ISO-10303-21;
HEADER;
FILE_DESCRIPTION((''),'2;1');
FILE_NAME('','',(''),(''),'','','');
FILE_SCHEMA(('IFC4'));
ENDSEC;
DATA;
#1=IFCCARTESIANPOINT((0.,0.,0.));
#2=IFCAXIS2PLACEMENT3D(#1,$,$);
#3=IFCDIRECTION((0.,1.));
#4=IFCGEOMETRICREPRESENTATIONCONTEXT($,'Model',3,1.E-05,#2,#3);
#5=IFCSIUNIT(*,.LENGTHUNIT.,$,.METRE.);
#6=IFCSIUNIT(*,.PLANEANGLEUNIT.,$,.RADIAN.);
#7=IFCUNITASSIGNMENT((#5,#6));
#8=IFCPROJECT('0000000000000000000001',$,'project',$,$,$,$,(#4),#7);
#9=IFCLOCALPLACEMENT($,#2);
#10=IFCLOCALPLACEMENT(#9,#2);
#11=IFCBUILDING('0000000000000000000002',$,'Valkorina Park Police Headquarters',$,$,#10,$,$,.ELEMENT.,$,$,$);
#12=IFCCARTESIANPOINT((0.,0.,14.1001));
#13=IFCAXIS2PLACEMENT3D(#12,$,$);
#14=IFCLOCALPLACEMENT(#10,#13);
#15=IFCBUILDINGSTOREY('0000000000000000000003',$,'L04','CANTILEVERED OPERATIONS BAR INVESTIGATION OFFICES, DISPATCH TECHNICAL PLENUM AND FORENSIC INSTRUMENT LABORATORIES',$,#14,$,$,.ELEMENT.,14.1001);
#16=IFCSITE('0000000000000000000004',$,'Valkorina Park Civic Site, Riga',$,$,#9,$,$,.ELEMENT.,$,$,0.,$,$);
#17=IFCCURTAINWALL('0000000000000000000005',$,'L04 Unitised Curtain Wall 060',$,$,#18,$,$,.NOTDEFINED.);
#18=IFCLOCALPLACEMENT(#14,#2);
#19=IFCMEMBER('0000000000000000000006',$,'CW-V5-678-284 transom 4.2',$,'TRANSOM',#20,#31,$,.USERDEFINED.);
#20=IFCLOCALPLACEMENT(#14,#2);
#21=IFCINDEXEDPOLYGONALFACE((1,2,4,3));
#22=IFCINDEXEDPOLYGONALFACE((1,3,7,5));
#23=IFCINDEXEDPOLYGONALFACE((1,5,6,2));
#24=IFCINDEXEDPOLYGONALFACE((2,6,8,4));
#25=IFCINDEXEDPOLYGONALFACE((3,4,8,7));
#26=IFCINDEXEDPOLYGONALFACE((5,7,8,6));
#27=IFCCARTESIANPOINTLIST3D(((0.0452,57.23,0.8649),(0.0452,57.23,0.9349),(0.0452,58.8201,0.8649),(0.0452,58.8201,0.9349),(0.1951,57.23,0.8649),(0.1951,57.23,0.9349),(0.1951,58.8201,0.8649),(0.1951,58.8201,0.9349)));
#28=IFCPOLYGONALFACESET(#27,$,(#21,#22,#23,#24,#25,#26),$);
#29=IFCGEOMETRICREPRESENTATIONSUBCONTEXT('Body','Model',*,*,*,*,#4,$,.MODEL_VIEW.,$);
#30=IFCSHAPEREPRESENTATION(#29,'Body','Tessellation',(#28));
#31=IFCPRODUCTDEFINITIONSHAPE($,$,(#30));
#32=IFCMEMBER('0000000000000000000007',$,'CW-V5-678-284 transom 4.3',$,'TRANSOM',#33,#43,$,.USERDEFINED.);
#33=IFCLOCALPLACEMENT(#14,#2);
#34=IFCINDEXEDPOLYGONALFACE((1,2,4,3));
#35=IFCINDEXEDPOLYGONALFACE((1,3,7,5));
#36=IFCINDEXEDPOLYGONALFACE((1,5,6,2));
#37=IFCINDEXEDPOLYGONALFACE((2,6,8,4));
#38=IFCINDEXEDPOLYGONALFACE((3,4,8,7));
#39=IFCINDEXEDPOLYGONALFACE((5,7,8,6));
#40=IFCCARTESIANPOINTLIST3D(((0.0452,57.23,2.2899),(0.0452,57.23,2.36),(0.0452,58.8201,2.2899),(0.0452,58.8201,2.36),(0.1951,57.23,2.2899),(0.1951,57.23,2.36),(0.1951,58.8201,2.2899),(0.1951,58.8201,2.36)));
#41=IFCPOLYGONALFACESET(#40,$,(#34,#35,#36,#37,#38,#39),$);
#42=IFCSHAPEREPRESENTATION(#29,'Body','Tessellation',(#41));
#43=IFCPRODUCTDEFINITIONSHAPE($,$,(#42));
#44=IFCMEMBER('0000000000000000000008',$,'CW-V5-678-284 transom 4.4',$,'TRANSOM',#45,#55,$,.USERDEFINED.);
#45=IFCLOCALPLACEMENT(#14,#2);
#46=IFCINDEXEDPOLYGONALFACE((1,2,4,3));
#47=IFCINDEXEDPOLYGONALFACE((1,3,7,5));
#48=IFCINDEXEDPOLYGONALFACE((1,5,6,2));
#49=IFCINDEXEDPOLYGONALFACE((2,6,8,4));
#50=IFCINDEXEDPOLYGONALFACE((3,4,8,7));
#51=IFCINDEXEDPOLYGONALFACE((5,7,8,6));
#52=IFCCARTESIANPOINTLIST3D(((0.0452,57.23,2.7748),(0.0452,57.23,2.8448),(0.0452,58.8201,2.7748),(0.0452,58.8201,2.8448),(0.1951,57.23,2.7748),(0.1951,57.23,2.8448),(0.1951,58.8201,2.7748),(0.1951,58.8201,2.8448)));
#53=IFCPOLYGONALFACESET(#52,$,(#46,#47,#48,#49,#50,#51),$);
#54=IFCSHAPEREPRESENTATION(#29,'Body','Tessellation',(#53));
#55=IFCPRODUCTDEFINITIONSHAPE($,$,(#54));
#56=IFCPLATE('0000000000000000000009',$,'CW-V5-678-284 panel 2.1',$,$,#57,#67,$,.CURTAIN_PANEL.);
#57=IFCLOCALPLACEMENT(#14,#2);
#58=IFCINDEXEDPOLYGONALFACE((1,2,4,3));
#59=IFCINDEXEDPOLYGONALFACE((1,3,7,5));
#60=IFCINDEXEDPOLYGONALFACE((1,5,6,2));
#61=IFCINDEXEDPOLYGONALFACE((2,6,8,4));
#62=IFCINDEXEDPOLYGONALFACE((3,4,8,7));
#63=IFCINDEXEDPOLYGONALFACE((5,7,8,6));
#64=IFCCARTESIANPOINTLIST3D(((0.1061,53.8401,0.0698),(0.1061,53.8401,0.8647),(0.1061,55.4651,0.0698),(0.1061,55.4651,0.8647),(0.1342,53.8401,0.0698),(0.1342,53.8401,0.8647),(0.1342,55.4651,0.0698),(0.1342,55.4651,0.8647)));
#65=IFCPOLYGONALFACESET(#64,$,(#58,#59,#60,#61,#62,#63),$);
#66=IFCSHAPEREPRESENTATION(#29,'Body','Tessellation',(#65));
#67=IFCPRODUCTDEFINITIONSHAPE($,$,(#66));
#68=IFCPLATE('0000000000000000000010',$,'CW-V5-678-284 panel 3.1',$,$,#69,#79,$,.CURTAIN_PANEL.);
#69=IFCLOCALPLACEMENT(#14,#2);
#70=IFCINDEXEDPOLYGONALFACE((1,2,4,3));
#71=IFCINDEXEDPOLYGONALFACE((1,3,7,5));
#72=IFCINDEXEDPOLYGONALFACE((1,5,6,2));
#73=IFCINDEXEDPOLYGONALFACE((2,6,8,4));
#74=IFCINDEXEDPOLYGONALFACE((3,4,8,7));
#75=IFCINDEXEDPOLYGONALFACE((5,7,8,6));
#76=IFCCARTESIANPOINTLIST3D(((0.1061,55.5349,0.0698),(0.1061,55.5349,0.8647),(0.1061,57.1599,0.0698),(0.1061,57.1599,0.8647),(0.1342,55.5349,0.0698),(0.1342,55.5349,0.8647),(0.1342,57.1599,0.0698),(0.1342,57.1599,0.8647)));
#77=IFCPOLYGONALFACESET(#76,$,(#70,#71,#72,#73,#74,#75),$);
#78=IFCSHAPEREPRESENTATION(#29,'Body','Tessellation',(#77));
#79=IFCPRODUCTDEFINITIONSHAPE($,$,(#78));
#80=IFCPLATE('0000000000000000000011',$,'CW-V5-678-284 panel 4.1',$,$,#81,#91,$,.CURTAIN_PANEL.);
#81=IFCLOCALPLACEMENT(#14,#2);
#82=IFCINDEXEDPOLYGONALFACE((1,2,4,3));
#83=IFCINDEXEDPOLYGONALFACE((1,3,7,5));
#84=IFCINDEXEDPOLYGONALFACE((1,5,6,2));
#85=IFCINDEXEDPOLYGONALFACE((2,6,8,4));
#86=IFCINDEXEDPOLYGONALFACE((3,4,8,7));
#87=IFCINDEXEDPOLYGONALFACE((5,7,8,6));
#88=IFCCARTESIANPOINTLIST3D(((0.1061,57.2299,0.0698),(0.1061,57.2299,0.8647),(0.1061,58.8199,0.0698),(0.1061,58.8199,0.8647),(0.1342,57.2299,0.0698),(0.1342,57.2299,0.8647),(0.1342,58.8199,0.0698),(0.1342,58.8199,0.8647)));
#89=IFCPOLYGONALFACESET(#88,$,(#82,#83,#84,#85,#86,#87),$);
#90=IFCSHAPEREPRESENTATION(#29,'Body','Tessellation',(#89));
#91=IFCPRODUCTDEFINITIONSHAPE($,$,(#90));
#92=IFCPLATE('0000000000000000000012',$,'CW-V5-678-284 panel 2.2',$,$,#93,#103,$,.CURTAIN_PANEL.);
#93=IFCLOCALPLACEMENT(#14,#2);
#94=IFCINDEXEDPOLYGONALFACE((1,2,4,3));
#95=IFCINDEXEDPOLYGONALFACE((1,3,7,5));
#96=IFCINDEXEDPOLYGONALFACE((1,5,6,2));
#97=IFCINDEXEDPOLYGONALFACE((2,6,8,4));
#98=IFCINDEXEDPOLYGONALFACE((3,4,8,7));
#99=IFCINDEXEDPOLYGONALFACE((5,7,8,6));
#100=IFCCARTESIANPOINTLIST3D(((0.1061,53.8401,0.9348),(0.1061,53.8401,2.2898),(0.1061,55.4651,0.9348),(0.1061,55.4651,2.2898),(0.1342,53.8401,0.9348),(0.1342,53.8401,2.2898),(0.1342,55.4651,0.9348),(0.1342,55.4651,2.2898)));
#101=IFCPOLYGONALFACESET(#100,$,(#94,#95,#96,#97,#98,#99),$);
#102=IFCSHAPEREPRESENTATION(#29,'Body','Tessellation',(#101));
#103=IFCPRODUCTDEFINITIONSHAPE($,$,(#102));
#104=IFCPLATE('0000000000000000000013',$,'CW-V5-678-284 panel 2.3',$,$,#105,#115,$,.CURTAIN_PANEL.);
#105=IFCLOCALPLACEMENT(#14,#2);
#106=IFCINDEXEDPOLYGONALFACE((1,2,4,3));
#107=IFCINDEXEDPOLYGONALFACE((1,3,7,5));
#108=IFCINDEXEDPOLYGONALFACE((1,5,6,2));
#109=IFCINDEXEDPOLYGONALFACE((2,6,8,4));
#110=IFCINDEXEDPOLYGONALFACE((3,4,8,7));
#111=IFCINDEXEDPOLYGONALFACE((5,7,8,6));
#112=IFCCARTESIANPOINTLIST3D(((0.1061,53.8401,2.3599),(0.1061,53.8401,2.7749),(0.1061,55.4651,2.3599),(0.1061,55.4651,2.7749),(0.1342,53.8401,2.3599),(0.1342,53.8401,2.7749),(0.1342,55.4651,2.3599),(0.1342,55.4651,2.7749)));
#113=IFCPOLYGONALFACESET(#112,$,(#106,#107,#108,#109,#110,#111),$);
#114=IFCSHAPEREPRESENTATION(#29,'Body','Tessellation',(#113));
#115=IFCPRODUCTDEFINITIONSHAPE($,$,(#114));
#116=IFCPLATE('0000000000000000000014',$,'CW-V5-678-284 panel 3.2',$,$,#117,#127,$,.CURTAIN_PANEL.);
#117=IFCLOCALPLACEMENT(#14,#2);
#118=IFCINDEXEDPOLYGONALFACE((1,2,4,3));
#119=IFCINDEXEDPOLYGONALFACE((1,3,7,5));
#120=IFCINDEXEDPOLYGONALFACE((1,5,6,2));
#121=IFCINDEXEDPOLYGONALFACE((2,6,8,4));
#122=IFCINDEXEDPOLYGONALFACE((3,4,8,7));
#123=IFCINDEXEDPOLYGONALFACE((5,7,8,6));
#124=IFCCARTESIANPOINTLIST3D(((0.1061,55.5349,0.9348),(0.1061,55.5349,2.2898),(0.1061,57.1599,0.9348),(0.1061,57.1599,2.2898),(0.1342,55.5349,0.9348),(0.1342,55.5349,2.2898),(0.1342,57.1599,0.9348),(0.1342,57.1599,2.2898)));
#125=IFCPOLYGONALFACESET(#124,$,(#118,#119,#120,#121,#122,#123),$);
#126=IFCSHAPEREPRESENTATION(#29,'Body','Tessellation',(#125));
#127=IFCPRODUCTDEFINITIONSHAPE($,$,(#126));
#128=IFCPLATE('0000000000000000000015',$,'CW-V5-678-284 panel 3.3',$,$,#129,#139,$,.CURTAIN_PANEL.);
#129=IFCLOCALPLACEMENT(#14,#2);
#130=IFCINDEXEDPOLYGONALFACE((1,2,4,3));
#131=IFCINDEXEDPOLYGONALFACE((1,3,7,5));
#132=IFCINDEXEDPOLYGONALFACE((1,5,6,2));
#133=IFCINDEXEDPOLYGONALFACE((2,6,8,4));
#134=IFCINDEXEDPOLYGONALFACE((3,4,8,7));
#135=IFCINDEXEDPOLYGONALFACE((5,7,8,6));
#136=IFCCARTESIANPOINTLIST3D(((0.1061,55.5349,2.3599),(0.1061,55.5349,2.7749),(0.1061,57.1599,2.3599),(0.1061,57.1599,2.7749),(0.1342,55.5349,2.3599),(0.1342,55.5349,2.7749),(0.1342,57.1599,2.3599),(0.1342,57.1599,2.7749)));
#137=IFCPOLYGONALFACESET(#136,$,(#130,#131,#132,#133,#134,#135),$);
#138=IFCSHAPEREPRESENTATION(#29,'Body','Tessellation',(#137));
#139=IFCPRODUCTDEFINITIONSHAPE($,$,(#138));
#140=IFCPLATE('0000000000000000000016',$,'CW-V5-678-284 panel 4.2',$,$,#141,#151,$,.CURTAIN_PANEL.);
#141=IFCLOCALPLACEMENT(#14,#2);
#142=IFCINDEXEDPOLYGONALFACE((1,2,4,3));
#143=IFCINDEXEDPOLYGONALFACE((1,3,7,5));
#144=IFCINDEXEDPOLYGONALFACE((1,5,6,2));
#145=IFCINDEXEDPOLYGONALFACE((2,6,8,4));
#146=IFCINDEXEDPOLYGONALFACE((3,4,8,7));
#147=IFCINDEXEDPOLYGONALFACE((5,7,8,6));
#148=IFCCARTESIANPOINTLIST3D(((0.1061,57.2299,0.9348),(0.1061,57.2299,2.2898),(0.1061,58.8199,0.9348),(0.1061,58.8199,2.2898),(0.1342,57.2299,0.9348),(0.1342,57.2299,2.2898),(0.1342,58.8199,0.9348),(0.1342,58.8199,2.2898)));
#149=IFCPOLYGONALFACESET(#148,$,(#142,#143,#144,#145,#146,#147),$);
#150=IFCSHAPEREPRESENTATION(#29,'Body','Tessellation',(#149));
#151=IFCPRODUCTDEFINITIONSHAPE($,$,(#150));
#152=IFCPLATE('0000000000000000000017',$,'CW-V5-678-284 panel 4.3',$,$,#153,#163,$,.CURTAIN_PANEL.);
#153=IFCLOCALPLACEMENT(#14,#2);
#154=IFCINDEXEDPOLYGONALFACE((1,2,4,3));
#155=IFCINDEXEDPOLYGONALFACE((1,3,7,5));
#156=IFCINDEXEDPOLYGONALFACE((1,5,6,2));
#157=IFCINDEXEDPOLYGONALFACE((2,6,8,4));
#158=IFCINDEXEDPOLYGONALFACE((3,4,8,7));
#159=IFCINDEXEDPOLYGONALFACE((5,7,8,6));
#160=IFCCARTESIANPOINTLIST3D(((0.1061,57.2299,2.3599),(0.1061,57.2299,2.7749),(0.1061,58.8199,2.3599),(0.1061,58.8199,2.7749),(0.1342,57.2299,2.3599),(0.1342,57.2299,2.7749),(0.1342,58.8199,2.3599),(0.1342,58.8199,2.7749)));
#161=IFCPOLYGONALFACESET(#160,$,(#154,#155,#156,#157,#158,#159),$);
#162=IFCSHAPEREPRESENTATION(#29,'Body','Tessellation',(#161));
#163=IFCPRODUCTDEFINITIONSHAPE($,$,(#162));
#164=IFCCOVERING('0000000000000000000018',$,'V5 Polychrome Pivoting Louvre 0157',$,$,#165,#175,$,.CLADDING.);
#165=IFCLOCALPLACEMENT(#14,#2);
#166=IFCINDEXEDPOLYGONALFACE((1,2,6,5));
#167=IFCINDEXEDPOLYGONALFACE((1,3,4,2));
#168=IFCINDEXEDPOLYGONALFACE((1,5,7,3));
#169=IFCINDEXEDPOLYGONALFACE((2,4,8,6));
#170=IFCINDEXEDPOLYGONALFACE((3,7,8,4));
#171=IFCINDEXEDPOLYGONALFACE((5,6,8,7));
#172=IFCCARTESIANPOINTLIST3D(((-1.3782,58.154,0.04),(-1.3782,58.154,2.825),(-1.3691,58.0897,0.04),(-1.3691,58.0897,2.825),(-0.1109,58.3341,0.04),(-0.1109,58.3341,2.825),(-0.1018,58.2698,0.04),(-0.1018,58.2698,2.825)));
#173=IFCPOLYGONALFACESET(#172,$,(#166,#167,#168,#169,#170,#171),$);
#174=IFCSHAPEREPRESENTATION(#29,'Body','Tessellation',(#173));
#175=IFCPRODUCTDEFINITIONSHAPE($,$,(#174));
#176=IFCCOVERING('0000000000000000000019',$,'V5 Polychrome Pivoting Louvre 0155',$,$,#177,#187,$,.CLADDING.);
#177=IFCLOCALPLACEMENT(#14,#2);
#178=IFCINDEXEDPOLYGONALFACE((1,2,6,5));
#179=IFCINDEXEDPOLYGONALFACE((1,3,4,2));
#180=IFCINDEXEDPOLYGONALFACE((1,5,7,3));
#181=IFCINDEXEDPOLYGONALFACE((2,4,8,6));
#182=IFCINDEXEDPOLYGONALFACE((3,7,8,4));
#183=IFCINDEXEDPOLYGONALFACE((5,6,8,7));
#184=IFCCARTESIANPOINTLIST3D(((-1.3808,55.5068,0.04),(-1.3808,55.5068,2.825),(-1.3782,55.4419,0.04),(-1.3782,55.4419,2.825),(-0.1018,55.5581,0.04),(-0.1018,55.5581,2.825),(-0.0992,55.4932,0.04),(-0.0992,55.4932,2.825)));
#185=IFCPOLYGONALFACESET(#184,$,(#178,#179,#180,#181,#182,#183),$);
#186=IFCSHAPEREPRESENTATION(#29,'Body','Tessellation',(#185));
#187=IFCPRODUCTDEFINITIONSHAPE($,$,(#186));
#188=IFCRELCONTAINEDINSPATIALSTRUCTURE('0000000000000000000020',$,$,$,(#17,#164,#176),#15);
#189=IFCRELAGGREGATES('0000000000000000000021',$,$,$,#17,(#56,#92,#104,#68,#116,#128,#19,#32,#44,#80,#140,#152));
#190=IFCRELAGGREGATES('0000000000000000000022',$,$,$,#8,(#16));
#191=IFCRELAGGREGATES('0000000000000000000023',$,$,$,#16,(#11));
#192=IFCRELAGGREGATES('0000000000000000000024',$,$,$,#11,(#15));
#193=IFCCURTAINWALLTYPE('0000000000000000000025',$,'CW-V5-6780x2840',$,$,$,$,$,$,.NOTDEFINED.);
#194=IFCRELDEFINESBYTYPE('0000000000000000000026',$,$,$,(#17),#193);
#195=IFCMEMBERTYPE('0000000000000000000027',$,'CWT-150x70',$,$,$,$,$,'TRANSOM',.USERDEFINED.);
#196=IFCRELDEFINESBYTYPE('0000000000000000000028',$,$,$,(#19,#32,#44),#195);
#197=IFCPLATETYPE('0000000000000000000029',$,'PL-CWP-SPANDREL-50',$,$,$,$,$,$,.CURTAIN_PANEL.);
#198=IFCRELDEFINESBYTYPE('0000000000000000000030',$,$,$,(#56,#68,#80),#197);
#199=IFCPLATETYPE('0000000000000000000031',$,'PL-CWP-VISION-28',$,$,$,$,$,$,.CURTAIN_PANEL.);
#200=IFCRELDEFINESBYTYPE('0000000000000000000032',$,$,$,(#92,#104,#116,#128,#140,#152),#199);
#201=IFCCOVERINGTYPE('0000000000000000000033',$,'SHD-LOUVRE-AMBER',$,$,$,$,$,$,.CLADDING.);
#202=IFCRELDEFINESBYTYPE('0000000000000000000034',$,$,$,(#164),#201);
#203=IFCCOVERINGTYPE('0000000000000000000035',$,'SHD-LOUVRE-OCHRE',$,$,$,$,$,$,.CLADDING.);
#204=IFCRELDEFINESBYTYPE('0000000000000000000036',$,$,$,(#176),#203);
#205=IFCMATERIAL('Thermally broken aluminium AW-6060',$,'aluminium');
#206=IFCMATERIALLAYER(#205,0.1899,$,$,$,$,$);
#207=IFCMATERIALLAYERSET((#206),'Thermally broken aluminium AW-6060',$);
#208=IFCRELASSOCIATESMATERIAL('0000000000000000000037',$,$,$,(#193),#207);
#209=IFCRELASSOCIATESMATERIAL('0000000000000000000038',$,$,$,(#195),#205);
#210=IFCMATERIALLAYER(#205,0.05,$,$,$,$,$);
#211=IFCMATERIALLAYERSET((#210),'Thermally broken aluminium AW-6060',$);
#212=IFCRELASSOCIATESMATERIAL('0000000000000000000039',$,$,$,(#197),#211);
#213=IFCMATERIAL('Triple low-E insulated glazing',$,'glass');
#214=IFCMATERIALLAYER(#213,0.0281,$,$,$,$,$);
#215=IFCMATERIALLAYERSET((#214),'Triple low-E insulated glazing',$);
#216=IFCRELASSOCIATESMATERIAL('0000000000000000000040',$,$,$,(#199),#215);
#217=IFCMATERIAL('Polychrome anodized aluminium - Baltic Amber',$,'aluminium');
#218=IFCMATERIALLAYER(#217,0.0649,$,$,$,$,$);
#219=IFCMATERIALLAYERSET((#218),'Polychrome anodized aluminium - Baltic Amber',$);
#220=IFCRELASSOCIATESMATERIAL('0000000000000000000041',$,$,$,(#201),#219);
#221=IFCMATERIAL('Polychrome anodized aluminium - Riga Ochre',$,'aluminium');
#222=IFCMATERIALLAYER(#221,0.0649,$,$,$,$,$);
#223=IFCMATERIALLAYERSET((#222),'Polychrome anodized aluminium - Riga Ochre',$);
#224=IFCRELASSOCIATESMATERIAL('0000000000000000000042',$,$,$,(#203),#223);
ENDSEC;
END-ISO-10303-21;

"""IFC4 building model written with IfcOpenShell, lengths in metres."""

from ifc_helpers import new_model, si_unit, direction, frame, origin, origin_2d, place, context, subcontext, project, spatial, rectangle, extrude, material, layer, layer_set, material_profile, profile_set, type_object, element, aggregate, save


model = new_model("IFC4")

# Units and contexts
model_context = context("Model", 3, precision=1e-05, world=origin(), true_north=direction((0.0, 1.0)))
body_context = subcontext(model_context, "Body", "Model", "MODEL_VIEW")
ifc_project = project(units=[si_unit("LENGTHUNIT", "METRE"), si_unit("PLANEANGLEUNIT", "RADIAN")], contexts=[model_context])

# Site, building, storey
site_placement = place(None, origin())
site = spatial("IfcSite", under=ifc_project, at=site_placement, Name="Valkorina Park Civic Site, Riga", CompositionType="ELEMENT", RefElevation=0.0)
building_placement = place(site_placement, origin())
building = spatial("IfcBuilding", under=site, at=building_placement, Name="Valkorina Park Police Headquarters", CompositionType="ELEMENT")
storey_placement = place(building_placement, frame((0.0, 0.0, 14.1001)))
storey = spatial("IfcBuildingStorey", under=building, at=storey_placement, Name="L04", Description="CANTILEVERED OPERATIONS BAR INVESTIGATION OFFICES, DISPATCH TECHNICAL PLENUM AND FORENSIC INSTRUMENT LABORATORIES", CompositionType="ELEMENT", Elevation=14.1001)

# Shared definitions
ifc_material_1 = material(Name="Thermally broken aluminium AW-6060", Category="aluminium")

# Curtain wall
ifc_layer_1 = layer(ifc_material_1, 0.1899)
ifc_layer_set_1 = layer_set([ifc_layer_1], Name="Thermally broken aluminium AW-6060")
curtain_wall_type_1 = type_object("IfcCurtainWallType", Name="CW-V5-6780x2840", PredefinedType="NOTDEFINED", material=ifc_layer_set_1)
curtain_wall_1_placement = place(storey_placement, origin())
curtain_wall_1 = element("IfcCurtainWall", 1, at=curtain_wall_1_placement, inside=storey, type_object=curtain_wall_type_1, Name="L04 Unitised Curtain Wall 060", PredefinedType="NOTDEFINED")

# Members
ifc_material_profile_1 = material_profile(ifc_material_1, rectangle(XDim=0.1499, YDim=0.0701, at=origin_2d()), Name="CWT-02 150x70")
ifc_profile_set_1 = profile_set([ifc_material_profile_1], Name="Thermally broken aluminium AW-6060")
member_type_1 = type_object("IfcMemberType", Name="CWT-150x70", ElementType="TRANSOM", PredefinedType="USERDEFINED", material=ifc_profile_set_1)
member_1_placement = place(storey_placement, frame((0.1201, 57.23, 0.8999), z_axis=(0.0, 1.0, 0.0), x_axis=(-1.0, 0.0, 0.0)))
member_1 = element("IfcMember", 2, at=member_1_placement, type_object=member_type_1, Name="CW-V5-678-284 transom 4.2", ObjectType="TRANSOM", PredefinedType="USERDEFINED", context=body_context, shape_type="SweptSolid", body=[
    extrude(rectangle(XDim=0.1499, YDim=0.0701, at=origin_2d()), origin(), (0.0, 0.0, 1.0), 1.5901),
])
member_2_placement = place(storey_placement, frame((0.1201, 57.23, 2.325), z_axis=(0.0, 1.0, 0.0), x_axis=(-1.0, 0.0, 0.0)))
member_2 = element("IfcMember", 3, at=member_2_placement, type_object=member_type_1, Name="CW-V5-678-284 transom 4.3", ObjectType="TRANSOM", PredefinedType="USERDEFINED", context=body_context, shape_type="SweptSolid", body=[
    extrude(rectangle(XDim=0.1499, YDim=0.0701, at=origin_2d()), origin(), (0.0, 0.0, 1.0), 1.5901),
])
member_3_placement = place(storey_placement, frame((0.1201, 57.23, 2.8098), z_axis=(0.0, 1.0, 0.0), x_axis=(-1.0, 0.0, 0.0)))
member_3 = element("IfcMember", 4, at=member_3_placement, type_object=member_type_1, Name="CW-V5-678-284 transom 4.4", ObjectType="TRANSOM", PredefinedType="USERDEFINED", context=body_context, shape_type="SweptSolid", body=[
    extrude(rectangle(XDim=0.1499, YDim=0.0701, at=origin_2d()), origin(), (0.0, 0.0, 1.0), 1.5901),
])

# Plates
ifc_layer_2 = layer(ifc_material_1, 0.05)
ifc_layer_set_2 = layer_set([ifc_layer_2], Name="Thermally broken aluminium AW-6060")
plate_type_1 = type_object("IfcPlateType", Name="PL-CWP-SPANDREL-50", PredefinedType="CURTAIN_PANEL", material=ifc_layer_set_2)
plate_1_placement = place(storey_placement, frame((0.1201, 54.6526, 0.0698), z_axis=(0.0, 0.0, 1.0), x_axis=(0.0, 1.0, 0.0)))
plate_1 = element("IfcPlate", 5, at=plate_1_placement, type_object=plate_type_1, Name="CW-V5-678-284 panel 2.1", PredefinedType="CURTAIN_PANEL", context=body_context, shape_type="SweptSolid", body=[
    extrude(rectangle(XDim=1.625, YDim=0.0281, at=origin_2d()), origin(), (0.0, 0.0, 1.0), 0.7949),
])
plate_2_placement = place(storey_placement, frame((0.1201, 56.3474, 0.0698), z_axis=(0.0, 0.0, 1.0), x_axis=(0.0, 1.0, 0.0)))
plate_2 = element("IfcPlate", 6, at=plate_2_placement, type_object=plate_type_1, Name="CW-V5-678-284 panel 3.1", PredefinedType="CURTAIN_PANEL", context=body_context, shape_type="SweptSolid", body=[
    extrude(rectangle(XDim=1.625, YDim=0.0281, at=origin_2d()), origin(), (0.0, 0.0, 1.0), 0.7949),
])
plate_3_placement = place(storey_placement, frame((0.1201, 58.0249, 0.0698), z_axis=(0.0, 0.0, 1.0), x_axis=(0.0, 1.0, 0.0)))
plate_3 = element("IfcPlate", 7, at=plate_3_placement, type_object=plate_type_1, Name="CW-V5-678-284 panel 4.1", PredefinedType="CURTAIN_PANEL", context=body_context, shape_type="SweptSolid", body=[
    extrude(rectangle(XDim=1.5901, YDim=0.0281, at=origin_2d()), origin(), (0.0, 0.0, 1.0), 0.7949),
])
ifc_material_2 = material(Name="Triple low-E insulated glazing", Category="glass")
ifc_layer_3 = layer(ifc_material_2, 0.0281)
ifc_layer_set_3 = layer_set([ifc_layer_3], Name="Triple low-E insulated glazing")
plate_type_2 = type_object("IfcPlateType", Name="PL-CWP-VISION-28", PredefinedType="CURTAIN_PANEL", material=ifc_layer_set_3)
plate_4_placement = place(storey_placement, frame((0.1201, 54.6526, 0.9348), z_axis=(0.0, 0.0, 1.0), x_axis=(0.0, 1.0, 0.0)))
plate_4 = element("IfcPlate", 8, at=plate_4_placement, type_object=plate_type_2, Name="CW-V5-678-284 panel 2.2", PredefinedType="CURTAIN_PANEL", context=body_context, shape_type="SweptSolid", body=[
    extrude(rectangle(XDim=1.625, YDim=0.0281, at=origin_2d()), origin(), (0.0, 0.0, 1.0), 1.355),
])
plate_5_placement = place(storey_placement, frame((0.1201, 54.6526, 2.3599), z_axis=(0.0, 0.0, 1.0), x_axis=(0.0, 1.0, 0.0)))
plate_5 = element("IfcPlate", 9, at=plate_5_placement, type_object=plate_type_2, Name="CW-V5-678-284 panel 2.3", PredefinedType="CURTAIN_PANEL", context=body_context, shape_type="SweptSolid", body=[
    extrude(rectangle(XDim=1.625, YDim=0.0281, at=origin_2d()), origin(), (0.0, 0.0, 1.0), 0.415),
])
plate_6_placement = place(storey_placement, frame((0.1201, 56.3474, 0.9348), z_axis=(0.0, 0.0, 1.0), x_axis=(0.0, 1.0, 0.0)))
plate_6 = element("IfcPlate", 10, at=plate_6_placement, type_object=plate_type_2, Name="CW-V5-678-284 panel 3.2", PredefinedType="CURTAIN_PANEL", context=body_context, shape_type="SweptSolid", body=[
    extrude(rectangle(XDim=1.625, YDim=0.0281, at=origin_2d()), origin(), (0.0, 0.0, 1.0), 1.355),
])
plate_7_placement = place(storey_placement, frame((0.1201, 56.3474, 2.3599), z_axis=(0.0, 0.0, 1.0), x_axis=(0.0, 1.0, 0.0)))
plate_7 = element("IfcPlate", 11, at=plate_7_placement, type_object=plate_type_2, Name="CW-V5-678-284 panel 3.3", PredefinedType="CURTAIN_PANEL", context=body_context, shape_type="SweptSolid", body=[
    extrude(rectangle(XDim=1.625, YDim=0.0281, at=origin_2d()), origin(), (0.0, 0.0, 1.0), 0.415),
])
plate_8_placement = place(storey_placement, frame((0.1201, 58.0249, 0.9348), z_axis=(0.0, 0.0, 1.0), x_axis=(0.0, 1.0, 0.0)))
plate_8 = element("IfcPlate", 12, at=plate_8_placement, type_object=plate_type_2, Name="CW-V5-678-284 panel 4.2", PredefinedType="CURTAIN_PANEL", context=body_context, shape_type="SweptSolid", body=[
    extrude(rectangle(XDim=1.5901, YDim=0.0281, at=origin_2d()), origin(), (0.0, 0.0, 1.0), 1.355),
])
plate_9_placement = place(storey_placement, frame((0.1201, 58.0249, 2.3599), z_axis=(0.0, 0.0, 1.0), x_axis=(0.0, 1.0, 0.0)))
plate_9 = element("IfcPlate", 13, at=plate_9_placement, type_object=plate_type_2, Name="CW-V5-678-284 panel 4.3", PredefinedType="CURTAIN_PANEL", context=body_context, shape_type="SweptSolid", body=[
    extrude(rectangle(XDim=1.5901, YDim=0.0281, at=origin_2d()), origin(), (0.0, 0.0, 1.0), 0.415),
])
aggregate(curtain_wall_1, [plate_1, plate_4, plate_5, plate_2, plate_6, plate_7, member_1, member_2, member_3, plate_3, plate_8, plate_9])

# Coverings
ifc_material_3 = material(Name="Polychrome anodized aluminium - Baltic Amber", Category="aluminium")
ifc_layer_4 = layer(ifc_material_3, 0.0649)
ifc_layer_set_4 = layer_set([ifc_layer_4], Name="Polychrome anodized aluminium - Baltic Amber")
covering_type_1 = type_object("IfcCoveringType", Name="SHD-LOUVRE-AMBER", PredefinedType="CLADDING", material=ifc_layer_set_4)
covering_1_placement = place(storey_placement, frame((-0.74, 58.2119, 0.04), z_axis=(0.0, 0.0, 1.0), x_axis=(-0.990048, -0.140728, 0.0)))
element("IfcCovering", 14, at=covering_1_placement, inside=storey, type_object=covering_type_1, Name="V5 Polychrome Pivoting Louvre 0157", PredefinedType="CLADDING", context=body_context, shape_type="SweptSolid", body=[
    extrude(rectangle(XDim=1.28, YDim=0.0649, at=origin_2d()), origin(), (0.0, 0.0, 1.0), 2.7849),
])
ifc_material_4 = material(Name="Polychrome anodized aluminium - Riga Ochre", Category="aluminium")
ifc_layer_5 = layer(ifc_material_4, 0.0649)
ifc_layer_set_5 = layer_set([ifc_layer_5], Name="Polychrome anodized aluminium - Riga Ochre")
covering_type_2 = type_object("IfcCoveringType", Name="SHD-LOUVRE-OCHRE", PredefinedType="CLADDING", material=ifc_layer_set_5)
covering_2_placement = place(storey_placement, frame((-0.74, 55.5, 0.04), z_axis=(0.0, 0.0, 1.0), x_axis=(-0.999194, -0.040132, 0.0)))
element("IfcCovering", 15, at=covering_2_placement, inside=storey, type_object=covering_type_2, Name="V5 Polychrome Pivoting Louvre 0155", PredefinedType="CLADDING", context=body_context, shape_type="SweptSolid", body=[
    extrude(rectangle(XDim=1.28, YDim=0.0649, at=origin_2d()), origin(), (0.0, 0.0, 1.0), 2.7849),
])

save(model, "model.ifc")
